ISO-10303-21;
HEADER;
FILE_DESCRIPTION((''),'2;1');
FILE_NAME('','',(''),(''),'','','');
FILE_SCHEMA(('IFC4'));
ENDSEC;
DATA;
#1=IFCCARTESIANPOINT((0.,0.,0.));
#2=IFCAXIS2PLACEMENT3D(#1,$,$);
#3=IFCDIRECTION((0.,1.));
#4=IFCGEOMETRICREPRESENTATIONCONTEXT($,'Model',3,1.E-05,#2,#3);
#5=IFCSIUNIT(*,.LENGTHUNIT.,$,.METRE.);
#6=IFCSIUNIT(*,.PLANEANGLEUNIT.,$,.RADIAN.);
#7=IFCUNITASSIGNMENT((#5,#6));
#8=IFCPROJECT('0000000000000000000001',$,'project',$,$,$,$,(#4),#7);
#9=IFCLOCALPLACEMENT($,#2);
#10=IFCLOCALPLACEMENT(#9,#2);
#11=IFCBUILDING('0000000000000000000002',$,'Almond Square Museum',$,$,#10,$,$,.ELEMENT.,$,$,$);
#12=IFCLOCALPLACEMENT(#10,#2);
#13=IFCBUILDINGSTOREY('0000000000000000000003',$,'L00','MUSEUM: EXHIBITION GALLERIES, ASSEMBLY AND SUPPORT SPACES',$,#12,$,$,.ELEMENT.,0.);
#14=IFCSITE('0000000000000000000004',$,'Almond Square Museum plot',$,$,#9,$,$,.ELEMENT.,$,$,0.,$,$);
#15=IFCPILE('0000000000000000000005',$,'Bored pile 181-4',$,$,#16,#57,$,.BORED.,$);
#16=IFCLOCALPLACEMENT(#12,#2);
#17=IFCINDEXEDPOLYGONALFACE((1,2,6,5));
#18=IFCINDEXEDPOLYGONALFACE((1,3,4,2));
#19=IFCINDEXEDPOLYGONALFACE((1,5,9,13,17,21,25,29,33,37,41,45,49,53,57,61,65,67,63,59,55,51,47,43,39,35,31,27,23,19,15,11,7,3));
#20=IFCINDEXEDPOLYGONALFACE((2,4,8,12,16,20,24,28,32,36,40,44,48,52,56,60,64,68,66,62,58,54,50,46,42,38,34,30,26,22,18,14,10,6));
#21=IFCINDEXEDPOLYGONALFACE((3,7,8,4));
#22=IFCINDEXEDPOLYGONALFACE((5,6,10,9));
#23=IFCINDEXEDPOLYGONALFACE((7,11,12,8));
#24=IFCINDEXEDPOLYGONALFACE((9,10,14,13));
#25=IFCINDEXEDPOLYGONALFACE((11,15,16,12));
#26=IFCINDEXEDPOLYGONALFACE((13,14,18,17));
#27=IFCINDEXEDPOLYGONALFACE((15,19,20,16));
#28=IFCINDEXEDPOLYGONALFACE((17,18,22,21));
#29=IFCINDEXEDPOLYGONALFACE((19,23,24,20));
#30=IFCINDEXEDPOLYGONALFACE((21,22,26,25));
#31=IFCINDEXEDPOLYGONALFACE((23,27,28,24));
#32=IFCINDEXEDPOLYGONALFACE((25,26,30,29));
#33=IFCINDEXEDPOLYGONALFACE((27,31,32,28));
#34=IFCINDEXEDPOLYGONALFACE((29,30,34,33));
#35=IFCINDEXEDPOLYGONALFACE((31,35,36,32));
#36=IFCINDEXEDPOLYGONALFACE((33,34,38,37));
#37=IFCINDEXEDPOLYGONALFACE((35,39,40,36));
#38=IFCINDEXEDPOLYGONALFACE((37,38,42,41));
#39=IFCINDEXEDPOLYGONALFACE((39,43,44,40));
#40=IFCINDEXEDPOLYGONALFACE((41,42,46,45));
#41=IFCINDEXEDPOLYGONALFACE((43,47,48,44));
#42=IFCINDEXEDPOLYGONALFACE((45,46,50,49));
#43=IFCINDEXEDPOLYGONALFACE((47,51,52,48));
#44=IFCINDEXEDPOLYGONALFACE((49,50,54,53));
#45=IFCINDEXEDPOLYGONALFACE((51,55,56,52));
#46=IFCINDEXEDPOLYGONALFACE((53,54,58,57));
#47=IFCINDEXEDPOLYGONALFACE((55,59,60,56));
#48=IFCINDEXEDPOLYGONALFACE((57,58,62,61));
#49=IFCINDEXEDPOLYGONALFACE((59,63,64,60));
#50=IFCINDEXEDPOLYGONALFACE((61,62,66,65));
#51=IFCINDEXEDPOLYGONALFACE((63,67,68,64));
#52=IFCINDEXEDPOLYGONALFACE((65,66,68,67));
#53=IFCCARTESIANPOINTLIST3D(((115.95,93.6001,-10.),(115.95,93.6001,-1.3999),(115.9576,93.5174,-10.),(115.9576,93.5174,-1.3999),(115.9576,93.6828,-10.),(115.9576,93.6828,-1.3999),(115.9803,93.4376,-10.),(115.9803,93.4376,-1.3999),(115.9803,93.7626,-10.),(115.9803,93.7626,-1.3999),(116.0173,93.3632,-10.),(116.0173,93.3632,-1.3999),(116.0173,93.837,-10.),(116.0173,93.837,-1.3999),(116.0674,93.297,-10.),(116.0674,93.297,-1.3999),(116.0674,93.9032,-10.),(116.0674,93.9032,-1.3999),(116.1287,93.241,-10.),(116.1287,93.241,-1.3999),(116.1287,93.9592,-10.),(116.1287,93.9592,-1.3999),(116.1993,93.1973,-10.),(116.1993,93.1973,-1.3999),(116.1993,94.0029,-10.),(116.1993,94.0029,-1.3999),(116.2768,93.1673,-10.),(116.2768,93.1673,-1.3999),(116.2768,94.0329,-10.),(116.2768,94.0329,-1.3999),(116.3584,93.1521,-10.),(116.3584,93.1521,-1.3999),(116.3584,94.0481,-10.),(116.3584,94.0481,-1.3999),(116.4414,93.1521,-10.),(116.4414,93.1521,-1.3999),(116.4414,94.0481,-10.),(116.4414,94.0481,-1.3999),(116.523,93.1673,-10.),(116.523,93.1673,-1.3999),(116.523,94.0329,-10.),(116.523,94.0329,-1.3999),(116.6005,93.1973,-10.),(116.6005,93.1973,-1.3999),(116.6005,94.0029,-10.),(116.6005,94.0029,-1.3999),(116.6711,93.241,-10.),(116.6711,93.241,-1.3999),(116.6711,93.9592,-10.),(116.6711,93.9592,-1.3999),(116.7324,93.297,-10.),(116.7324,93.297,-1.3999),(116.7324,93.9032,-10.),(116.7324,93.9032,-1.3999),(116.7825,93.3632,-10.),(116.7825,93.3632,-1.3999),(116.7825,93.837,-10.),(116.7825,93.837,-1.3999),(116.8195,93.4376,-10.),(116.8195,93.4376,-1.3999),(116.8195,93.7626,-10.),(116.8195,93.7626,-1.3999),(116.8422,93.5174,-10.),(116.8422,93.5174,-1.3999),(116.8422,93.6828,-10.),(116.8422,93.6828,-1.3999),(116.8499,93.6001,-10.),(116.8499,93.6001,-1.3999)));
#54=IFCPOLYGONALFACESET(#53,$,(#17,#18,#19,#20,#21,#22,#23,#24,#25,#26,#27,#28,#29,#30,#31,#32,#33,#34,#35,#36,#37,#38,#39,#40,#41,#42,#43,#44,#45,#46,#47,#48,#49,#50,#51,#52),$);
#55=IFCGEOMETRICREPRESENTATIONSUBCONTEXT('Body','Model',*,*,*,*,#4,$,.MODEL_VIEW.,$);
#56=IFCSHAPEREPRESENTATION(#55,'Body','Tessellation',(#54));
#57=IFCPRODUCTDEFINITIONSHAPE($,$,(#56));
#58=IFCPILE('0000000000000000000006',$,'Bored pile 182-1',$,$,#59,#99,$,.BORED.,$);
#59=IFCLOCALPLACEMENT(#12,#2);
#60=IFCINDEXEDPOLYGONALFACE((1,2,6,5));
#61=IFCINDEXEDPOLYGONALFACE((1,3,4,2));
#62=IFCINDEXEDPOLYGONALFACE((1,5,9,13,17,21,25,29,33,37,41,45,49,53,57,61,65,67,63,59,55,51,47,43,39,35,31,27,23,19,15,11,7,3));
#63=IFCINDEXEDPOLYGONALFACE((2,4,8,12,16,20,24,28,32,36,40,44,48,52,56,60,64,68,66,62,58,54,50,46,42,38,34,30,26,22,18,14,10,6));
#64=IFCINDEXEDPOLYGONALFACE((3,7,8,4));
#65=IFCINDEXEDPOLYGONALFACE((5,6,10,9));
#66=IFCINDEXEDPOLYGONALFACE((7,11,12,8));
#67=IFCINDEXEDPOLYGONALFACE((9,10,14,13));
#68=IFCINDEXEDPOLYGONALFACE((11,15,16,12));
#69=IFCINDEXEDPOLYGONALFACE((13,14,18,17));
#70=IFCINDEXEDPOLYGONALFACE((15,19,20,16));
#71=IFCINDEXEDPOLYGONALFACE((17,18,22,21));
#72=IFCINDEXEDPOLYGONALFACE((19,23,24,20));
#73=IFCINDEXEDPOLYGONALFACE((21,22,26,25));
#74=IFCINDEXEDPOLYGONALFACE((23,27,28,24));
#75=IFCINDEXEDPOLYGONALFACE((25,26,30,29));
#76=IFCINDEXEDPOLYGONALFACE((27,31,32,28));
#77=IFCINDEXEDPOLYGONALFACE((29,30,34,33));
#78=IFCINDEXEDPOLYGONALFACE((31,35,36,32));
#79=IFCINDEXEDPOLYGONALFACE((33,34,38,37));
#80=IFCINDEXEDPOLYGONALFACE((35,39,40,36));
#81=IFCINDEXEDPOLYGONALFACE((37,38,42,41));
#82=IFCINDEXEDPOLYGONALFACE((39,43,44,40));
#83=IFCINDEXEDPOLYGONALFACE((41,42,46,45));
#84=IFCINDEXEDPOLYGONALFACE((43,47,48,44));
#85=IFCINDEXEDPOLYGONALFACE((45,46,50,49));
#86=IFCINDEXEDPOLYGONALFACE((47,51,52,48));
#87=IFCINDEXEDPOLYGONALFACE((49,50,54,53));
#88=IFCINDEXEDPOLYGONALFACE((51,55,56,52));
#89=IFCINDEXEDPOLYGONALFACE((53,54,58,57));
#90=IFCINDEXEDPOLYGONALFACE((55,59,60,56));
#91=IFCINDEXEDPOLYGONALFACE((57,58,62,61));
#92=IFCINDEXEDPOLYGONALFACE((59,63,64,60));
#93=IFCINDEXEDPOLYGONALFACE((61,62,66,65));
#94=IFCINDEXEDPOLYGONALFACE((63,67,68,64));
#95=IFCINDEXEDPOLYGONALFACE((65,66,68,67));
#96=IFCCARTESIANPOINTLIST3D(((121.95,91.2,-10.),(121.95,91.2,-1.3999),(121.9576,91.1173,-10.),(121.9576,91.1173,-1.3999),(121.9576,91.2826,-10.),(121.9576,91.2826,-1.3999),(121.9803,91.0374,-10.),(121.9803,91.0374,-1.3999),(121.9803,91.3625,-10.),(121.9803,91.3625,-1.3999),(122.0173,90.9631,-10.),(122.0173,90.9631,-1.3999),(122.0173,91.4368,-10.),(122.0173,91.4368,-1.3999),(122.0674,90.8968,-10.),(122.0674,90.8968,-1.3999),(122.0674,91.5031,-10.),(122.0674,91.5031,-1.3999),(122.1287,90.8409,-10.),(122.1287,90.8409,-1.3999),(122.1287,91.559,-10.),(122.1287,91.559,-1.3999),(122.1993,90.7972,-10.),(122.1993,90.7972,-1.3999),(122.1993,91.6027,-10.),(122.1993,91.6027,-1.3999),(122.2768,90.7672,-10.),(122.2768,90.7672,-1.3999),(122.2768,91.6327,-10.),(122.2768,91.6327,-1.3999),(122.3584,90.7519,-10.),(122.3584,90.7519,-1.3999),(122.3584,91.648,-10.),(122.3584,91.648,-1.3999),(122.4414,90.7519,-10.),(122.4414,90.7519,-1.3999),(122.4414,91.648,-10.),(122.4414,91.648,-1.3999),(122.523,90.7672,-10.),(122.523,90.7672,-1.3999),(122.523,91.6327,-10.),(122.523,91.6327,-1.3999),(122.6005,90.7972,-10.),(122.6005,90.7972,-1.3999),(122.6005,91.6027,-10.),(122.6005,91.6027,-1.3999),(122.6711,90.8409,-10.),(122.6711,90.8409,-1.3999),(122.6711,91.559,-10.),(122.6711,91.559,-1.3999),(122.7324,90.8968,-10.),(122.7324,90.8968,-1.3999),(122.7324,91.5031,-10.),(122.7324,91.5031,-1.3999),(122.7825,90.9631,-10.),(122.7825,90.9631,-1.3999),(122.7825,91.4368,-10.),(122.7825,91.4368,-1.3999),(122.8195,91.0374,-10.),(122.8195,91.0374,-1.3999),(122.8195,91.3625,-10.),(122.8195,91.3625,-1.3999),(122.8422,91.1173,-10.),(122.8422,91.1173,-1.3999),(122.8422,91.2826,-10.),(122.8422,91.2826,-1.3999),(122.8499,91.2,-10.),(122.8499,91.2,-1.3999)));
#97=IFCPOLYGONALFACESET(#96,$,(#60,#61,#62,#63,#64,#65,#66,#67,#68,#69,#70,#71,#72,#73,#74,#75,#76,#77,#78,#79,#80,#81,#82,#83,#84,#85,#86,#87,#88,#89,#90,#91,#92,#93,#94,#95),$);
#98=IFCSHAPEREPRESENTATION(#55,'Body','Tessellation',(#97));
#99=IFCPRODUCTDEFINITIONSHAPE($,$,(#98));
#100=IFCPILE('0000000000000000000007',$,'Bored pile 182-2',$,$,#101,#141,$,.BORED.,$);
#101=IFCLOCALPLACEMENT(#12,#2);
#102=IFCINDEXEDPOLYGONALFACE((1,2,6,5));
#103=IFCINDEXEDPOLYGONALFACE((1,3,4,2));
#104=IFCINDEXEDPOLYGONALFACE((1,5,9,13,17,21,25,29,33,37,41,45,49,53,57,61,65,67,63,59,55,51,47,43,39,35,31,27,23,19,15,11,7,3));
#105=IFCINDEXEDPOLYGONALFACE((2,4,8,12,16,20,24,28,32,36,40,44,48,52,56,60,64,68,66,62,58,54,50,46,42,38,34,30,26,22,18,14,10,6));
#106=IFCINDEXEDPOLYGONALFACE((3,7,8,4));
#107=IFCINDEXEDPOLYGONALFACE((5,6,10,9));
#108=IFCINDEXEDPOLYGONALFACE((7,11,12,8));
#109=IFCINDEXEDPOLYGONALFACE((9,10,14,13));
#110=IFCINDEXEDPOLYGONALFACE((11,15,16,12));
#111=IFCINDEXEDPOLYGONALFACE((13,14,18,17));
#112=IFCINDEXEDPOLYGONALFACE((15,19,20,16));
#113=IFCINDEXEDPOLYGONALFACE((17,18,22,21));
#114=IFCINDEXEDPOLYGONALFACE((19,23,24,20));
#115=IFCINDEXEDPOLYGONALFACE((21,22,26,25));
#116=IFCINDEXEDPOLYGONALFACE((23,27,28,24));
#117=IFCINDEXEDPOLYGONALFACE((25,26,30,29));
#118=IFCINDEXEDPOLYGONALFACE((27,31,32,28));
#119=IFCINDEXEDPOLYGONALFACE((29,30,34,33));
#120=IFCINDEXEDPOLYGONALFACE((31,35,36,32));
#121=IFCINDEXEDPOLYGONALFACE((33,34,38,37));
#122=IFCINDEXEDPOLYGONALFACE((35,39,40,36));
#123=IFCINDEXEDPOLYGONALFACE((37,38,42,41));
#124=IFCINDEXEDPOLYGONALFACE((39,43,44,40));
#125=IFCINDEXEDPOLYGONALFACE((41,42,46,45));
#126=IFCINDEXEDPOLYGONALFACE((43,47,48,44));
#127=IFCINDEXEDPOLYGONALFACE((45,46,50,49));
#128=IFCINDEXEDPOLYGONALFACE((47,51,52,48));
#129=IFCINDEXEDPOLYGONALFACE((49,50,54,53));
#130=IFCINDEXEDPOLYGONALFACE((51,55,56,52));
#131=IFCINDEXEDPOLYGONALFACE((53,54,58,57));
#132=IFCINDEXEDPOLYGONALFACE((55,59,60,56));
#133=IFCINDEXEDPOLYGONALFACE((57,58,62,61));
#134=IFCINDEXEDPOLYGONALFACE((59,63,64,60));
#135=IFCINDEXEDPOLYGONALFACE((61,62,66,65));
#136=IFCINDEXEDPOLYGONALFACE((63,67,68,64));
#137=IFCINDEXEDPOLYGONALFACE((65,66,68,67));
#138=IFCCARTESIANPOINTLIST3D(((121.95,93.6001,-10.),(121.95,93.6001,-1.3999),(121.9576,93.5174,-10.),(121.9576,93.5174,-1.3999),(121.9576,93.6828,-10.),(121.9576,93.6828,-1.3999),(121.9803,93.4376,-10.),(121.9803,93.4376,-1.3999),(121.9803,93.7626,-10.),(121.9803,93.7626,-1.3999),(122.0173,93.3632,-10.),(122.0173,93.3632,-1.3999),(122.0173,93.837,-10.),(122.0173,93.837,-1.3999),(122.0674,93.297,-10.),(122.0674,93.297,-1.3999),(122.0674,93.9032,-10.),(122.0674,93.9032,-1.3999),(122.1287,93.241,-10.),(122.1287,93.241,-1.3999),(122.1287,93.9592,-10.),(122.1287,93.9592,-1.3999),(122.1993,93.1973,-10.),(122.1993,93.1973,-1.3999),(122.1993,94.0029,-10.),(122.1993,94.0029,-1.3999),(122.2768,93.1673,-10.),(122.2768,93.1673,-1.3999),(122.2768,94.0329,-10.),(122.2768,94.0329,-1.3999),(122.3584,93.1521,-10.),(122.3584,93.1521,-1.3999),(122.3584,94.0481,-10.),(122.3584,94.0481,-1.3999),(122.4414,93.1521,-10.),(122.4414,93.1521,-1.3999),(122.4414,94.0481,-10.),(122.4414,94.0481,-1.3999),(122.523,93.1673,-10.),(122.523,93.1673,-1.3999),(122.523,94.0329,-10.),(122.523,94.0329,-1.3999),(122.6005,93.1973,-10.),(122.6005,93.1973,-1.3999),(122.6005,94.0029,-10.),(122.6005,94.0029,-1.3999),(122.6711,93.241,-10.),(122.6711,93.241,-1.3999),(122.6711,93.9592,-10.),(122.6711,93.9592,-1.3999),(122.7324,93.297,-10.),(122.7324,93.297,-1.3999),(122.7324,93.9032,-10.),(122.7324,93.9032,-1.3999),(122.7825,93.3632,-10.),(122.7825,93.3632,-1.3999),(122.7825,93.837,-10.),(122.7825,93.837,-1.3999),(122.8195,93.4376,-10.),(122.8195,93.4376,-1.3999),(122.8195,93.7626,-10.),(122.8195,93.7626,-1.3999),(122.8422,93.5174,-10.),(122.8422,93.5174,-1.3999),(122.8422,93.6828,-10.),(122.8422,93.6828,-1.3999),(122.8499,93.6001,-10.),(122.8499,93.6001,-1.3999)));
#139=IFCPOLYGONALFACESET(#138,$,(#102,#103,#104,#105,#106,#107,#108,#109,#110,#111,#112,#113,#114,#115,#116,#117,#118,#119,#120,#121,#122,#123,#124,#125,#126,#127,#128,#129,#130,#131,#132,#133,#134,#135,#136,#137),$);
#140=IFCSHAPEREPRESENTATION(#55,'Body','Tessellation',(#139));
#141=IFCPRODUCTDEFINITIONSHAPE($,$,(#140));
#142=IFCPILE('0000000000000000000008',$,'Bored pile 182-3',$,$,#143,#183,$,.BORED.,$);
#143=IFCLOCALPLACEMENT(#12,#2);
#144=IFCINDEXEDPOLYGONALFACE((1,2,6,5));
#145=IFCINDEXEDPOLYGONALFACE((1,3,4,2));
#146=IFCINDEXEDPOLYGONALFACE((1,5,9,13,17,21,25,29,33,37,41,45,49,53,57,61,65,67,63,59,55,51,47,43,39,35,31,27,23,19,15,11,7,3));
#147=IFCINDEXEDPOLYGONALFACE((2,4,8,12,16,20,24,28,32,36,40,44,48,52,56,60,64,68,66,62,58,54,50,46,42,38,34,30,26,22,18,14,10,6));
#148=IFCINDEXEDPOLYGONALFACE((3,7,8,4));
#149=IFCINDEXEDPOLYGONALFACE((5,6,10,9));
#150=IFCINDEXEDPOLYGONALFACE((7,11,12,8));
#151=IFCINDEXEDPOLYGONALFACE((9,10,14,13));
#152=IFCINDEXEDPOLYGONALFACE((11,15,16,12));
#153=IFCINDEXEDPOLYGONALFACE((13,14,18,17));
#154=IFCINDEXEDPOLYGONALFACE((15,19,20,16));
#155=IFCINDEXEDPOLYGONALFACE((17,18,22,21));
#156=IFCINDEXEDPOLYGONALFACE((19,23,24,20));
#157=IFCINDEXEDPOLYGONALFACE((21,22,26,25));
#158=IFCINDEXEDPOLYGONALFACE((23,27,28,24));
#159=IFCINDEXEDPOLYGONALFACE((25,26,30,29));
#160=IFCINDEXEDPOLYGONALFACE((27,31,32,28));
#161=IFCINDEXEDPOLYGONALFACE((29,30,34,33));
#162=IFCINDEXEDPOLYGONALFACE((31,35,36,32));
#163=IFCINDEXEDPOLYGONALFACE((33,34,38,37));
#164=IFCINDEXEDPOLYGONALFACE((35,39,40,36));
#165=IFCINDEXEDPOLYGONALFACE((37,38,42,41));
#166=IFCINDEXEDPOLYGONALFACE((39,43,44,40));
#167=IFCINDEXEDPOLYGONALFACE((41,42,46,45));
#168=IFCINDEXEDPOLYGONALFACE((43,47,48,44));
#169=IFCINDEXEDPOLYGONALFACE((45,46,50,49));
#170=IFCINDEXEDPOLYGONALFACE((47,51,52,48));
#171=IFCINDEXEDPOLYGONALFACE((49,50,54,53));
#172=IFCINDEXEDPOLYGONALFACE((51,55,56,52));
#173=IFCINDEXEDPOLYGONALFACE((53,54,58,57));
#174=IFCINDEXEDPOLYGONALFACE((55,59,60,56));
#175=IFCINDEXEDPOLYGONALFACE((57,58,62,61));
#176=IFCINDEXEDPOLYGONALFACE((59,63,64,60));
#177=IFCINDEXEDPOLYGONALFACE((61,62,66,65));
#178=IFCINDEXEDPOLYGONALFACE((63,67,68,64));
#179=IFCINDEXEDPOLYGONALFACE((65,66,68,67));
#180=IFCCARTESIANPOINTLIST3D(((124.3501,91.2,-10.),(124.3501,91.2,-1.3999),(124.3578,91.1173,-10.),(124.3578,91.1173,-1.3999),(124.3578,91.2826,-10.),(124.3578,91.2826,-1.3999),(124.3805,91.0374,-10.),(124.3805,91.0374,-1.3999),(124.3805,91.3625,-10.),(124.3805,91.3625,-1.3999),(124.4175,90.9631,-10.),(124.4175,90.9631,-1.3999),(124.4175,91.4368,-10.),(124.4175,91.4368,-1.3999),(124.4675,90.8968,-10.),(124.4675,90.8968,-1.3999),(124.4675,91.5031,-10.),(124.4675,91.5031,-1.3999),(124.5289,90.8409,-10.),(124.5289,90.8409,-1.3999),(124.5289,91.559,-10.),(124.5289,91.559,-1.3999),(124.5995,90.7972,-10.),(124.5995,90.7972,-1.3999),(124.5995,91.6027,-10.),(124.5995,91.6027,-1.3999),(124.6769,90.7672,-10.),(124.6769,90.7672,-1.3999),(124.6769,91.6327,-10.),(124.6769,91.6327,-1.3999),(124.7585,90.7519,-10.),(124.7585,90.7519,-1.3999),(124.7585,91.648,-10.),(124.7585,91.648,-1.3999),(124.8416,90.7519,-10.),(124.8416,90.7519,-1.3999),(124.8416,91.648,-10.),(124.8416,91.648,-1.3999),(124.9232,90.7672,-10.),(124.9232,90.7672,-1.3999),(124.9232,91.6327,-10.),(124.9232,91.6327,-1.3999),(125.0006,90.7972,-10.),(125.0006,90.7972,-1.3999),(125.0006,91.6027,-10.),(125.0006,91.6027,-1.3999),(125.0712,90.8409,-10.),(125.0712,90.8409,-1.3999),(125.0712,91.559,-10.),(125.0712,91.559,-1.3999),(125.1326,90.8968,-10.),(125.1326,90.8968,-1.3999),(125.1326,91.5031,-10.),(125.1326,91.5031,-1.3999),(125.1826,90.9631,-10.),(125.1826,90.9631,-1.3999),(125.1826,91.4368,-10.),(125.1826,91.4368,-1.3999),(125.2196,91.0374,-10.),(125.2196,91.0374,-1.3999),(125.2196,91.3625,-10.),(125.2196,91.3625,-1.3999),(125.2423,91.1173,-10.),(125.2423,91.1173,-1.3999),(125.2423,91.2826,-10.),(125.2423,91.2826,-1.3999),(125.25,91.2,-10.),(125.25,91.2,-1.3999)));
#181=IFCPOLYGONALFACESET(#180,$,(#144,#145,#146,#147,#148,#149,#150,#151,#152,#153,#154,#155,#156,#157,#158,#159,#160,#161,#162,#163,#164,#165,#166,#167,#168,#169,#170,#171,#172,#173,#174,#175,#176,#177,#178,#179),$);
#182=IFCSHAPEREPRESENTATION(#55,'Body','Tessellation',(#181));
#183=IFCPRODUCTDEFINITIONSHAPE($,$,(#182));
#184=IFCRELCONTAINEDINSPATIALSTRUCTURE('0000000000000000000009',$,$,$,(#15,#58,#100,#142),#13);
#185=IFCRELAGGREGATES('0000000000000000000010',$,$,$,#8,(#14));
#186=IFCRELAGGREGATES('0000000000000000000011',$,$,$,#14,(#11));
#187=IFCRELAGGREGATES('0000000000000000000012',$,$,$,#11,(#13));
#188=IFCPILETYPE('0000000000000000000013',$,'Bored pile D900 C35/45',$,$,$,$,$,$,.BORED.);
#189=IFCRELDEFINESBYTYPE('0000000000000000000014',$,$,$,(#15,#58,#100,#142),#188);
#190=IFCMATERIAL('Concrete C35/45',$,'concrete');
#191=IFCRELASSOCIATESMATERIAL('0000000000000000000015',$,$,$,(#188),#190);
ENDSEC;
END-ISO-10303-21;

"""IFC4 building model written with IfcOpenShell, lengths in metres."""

from ifc_helpers import new_model, si_unit, direction, frame, origin, origin_2d, place, context, subcontext, project, spatial, circle, extrude, material, material_profile, profile_set, type_object, element, save


model = new_model("IFC4")

# Units and contexts
model_context = context("Model", 3, precision=1e-05, world=origin(), true_north=direction((0.0, 1.0)))
body_context = subcontext(model_context, "Body", "Model", "MODEL_VIEW")
ifc_project = project(units=[si_unit("LENGTHUNIT", "METRE"), si_unit("PLANEANGLEUNIT", "RADIAN")], contexts=[model_context])

# Site, building, storey
site_placement = place(None, origin())
site = spatial("IfcSite", under=ifc_project, at=site_placement, Name="Almond Square Museum plot", CompositionType="ELEMENT", RefElevation=0.0)
building_placement = place(site_placement, origin())
building = spatial("IfcBuilding", under=site, at=building_placement, Name="Almond Square Museum", CompositionType="ELEMENT")
storey_placement = place(building_placement, origin())
storey = spatial("IfcBuildingStorey", under=building, at=storey_placement, Name="L00", Description="MUSEUM: EXHIBITION GALLERIES, ASSEMBLY AND SUPPORT SPACES", CompositionType="ELEMENT", Elevation=0.0)

# Piles
ifc_material_1 = material(Name="Concrete C35/45", Category="concrete")
ifc_material_profile_1 = material_profile(ifc_material_1, circle(Radius=0.45, at=origin_2d()))
ifc_profile_set_1 = profile_set([ifc_material_profile_1], Name="Concrete C35/45")
pile_type = type_object("IfcPileType", Name="Bored pile D900 C35/45", PredefinedType="BORED", material=ifc_profile_set_1)
for number, where, z_axis, x_axis, name in (
    (1, (116.3999, 93.6001, -1.3999), (0.0, 0.0, -1.0), (1.0, 0.0, 0.0), "Bored pile 181-4"),
    (2, (122.3999, 91.2, -1.3999), (0.0, 0.0, -1.0), (1.0, 0.0, 0.0), "Bored pile 182-1"),
    (3, (122.3999, 93.6001, -1.3999), (0.0, 0.0, -1.0), (1.0, 0.0, 0.0), "Bored pile 182-2"),
    (4, (124.8, 91.2, -1.3999), (0.0, 0.0, -1.0), (1.0, 0.0, 0.0), "Bored pile 182-3"),
):
    element("IfcPile", number, at=place(storey_placement, frame(where, z_axis=z_axis, x_axis=x_axis)), inside=storey, type_object=pile_type, Name=name, PredefinedType="BORED", context=body_context, shape_type="SweptSolid", body=[
        extrude(circle(Radius=0.45, at=origin_2d()), origin(), (0.0, 0.0, 1.0), 8.6001),
    ])

save(model, "model.ifc")
